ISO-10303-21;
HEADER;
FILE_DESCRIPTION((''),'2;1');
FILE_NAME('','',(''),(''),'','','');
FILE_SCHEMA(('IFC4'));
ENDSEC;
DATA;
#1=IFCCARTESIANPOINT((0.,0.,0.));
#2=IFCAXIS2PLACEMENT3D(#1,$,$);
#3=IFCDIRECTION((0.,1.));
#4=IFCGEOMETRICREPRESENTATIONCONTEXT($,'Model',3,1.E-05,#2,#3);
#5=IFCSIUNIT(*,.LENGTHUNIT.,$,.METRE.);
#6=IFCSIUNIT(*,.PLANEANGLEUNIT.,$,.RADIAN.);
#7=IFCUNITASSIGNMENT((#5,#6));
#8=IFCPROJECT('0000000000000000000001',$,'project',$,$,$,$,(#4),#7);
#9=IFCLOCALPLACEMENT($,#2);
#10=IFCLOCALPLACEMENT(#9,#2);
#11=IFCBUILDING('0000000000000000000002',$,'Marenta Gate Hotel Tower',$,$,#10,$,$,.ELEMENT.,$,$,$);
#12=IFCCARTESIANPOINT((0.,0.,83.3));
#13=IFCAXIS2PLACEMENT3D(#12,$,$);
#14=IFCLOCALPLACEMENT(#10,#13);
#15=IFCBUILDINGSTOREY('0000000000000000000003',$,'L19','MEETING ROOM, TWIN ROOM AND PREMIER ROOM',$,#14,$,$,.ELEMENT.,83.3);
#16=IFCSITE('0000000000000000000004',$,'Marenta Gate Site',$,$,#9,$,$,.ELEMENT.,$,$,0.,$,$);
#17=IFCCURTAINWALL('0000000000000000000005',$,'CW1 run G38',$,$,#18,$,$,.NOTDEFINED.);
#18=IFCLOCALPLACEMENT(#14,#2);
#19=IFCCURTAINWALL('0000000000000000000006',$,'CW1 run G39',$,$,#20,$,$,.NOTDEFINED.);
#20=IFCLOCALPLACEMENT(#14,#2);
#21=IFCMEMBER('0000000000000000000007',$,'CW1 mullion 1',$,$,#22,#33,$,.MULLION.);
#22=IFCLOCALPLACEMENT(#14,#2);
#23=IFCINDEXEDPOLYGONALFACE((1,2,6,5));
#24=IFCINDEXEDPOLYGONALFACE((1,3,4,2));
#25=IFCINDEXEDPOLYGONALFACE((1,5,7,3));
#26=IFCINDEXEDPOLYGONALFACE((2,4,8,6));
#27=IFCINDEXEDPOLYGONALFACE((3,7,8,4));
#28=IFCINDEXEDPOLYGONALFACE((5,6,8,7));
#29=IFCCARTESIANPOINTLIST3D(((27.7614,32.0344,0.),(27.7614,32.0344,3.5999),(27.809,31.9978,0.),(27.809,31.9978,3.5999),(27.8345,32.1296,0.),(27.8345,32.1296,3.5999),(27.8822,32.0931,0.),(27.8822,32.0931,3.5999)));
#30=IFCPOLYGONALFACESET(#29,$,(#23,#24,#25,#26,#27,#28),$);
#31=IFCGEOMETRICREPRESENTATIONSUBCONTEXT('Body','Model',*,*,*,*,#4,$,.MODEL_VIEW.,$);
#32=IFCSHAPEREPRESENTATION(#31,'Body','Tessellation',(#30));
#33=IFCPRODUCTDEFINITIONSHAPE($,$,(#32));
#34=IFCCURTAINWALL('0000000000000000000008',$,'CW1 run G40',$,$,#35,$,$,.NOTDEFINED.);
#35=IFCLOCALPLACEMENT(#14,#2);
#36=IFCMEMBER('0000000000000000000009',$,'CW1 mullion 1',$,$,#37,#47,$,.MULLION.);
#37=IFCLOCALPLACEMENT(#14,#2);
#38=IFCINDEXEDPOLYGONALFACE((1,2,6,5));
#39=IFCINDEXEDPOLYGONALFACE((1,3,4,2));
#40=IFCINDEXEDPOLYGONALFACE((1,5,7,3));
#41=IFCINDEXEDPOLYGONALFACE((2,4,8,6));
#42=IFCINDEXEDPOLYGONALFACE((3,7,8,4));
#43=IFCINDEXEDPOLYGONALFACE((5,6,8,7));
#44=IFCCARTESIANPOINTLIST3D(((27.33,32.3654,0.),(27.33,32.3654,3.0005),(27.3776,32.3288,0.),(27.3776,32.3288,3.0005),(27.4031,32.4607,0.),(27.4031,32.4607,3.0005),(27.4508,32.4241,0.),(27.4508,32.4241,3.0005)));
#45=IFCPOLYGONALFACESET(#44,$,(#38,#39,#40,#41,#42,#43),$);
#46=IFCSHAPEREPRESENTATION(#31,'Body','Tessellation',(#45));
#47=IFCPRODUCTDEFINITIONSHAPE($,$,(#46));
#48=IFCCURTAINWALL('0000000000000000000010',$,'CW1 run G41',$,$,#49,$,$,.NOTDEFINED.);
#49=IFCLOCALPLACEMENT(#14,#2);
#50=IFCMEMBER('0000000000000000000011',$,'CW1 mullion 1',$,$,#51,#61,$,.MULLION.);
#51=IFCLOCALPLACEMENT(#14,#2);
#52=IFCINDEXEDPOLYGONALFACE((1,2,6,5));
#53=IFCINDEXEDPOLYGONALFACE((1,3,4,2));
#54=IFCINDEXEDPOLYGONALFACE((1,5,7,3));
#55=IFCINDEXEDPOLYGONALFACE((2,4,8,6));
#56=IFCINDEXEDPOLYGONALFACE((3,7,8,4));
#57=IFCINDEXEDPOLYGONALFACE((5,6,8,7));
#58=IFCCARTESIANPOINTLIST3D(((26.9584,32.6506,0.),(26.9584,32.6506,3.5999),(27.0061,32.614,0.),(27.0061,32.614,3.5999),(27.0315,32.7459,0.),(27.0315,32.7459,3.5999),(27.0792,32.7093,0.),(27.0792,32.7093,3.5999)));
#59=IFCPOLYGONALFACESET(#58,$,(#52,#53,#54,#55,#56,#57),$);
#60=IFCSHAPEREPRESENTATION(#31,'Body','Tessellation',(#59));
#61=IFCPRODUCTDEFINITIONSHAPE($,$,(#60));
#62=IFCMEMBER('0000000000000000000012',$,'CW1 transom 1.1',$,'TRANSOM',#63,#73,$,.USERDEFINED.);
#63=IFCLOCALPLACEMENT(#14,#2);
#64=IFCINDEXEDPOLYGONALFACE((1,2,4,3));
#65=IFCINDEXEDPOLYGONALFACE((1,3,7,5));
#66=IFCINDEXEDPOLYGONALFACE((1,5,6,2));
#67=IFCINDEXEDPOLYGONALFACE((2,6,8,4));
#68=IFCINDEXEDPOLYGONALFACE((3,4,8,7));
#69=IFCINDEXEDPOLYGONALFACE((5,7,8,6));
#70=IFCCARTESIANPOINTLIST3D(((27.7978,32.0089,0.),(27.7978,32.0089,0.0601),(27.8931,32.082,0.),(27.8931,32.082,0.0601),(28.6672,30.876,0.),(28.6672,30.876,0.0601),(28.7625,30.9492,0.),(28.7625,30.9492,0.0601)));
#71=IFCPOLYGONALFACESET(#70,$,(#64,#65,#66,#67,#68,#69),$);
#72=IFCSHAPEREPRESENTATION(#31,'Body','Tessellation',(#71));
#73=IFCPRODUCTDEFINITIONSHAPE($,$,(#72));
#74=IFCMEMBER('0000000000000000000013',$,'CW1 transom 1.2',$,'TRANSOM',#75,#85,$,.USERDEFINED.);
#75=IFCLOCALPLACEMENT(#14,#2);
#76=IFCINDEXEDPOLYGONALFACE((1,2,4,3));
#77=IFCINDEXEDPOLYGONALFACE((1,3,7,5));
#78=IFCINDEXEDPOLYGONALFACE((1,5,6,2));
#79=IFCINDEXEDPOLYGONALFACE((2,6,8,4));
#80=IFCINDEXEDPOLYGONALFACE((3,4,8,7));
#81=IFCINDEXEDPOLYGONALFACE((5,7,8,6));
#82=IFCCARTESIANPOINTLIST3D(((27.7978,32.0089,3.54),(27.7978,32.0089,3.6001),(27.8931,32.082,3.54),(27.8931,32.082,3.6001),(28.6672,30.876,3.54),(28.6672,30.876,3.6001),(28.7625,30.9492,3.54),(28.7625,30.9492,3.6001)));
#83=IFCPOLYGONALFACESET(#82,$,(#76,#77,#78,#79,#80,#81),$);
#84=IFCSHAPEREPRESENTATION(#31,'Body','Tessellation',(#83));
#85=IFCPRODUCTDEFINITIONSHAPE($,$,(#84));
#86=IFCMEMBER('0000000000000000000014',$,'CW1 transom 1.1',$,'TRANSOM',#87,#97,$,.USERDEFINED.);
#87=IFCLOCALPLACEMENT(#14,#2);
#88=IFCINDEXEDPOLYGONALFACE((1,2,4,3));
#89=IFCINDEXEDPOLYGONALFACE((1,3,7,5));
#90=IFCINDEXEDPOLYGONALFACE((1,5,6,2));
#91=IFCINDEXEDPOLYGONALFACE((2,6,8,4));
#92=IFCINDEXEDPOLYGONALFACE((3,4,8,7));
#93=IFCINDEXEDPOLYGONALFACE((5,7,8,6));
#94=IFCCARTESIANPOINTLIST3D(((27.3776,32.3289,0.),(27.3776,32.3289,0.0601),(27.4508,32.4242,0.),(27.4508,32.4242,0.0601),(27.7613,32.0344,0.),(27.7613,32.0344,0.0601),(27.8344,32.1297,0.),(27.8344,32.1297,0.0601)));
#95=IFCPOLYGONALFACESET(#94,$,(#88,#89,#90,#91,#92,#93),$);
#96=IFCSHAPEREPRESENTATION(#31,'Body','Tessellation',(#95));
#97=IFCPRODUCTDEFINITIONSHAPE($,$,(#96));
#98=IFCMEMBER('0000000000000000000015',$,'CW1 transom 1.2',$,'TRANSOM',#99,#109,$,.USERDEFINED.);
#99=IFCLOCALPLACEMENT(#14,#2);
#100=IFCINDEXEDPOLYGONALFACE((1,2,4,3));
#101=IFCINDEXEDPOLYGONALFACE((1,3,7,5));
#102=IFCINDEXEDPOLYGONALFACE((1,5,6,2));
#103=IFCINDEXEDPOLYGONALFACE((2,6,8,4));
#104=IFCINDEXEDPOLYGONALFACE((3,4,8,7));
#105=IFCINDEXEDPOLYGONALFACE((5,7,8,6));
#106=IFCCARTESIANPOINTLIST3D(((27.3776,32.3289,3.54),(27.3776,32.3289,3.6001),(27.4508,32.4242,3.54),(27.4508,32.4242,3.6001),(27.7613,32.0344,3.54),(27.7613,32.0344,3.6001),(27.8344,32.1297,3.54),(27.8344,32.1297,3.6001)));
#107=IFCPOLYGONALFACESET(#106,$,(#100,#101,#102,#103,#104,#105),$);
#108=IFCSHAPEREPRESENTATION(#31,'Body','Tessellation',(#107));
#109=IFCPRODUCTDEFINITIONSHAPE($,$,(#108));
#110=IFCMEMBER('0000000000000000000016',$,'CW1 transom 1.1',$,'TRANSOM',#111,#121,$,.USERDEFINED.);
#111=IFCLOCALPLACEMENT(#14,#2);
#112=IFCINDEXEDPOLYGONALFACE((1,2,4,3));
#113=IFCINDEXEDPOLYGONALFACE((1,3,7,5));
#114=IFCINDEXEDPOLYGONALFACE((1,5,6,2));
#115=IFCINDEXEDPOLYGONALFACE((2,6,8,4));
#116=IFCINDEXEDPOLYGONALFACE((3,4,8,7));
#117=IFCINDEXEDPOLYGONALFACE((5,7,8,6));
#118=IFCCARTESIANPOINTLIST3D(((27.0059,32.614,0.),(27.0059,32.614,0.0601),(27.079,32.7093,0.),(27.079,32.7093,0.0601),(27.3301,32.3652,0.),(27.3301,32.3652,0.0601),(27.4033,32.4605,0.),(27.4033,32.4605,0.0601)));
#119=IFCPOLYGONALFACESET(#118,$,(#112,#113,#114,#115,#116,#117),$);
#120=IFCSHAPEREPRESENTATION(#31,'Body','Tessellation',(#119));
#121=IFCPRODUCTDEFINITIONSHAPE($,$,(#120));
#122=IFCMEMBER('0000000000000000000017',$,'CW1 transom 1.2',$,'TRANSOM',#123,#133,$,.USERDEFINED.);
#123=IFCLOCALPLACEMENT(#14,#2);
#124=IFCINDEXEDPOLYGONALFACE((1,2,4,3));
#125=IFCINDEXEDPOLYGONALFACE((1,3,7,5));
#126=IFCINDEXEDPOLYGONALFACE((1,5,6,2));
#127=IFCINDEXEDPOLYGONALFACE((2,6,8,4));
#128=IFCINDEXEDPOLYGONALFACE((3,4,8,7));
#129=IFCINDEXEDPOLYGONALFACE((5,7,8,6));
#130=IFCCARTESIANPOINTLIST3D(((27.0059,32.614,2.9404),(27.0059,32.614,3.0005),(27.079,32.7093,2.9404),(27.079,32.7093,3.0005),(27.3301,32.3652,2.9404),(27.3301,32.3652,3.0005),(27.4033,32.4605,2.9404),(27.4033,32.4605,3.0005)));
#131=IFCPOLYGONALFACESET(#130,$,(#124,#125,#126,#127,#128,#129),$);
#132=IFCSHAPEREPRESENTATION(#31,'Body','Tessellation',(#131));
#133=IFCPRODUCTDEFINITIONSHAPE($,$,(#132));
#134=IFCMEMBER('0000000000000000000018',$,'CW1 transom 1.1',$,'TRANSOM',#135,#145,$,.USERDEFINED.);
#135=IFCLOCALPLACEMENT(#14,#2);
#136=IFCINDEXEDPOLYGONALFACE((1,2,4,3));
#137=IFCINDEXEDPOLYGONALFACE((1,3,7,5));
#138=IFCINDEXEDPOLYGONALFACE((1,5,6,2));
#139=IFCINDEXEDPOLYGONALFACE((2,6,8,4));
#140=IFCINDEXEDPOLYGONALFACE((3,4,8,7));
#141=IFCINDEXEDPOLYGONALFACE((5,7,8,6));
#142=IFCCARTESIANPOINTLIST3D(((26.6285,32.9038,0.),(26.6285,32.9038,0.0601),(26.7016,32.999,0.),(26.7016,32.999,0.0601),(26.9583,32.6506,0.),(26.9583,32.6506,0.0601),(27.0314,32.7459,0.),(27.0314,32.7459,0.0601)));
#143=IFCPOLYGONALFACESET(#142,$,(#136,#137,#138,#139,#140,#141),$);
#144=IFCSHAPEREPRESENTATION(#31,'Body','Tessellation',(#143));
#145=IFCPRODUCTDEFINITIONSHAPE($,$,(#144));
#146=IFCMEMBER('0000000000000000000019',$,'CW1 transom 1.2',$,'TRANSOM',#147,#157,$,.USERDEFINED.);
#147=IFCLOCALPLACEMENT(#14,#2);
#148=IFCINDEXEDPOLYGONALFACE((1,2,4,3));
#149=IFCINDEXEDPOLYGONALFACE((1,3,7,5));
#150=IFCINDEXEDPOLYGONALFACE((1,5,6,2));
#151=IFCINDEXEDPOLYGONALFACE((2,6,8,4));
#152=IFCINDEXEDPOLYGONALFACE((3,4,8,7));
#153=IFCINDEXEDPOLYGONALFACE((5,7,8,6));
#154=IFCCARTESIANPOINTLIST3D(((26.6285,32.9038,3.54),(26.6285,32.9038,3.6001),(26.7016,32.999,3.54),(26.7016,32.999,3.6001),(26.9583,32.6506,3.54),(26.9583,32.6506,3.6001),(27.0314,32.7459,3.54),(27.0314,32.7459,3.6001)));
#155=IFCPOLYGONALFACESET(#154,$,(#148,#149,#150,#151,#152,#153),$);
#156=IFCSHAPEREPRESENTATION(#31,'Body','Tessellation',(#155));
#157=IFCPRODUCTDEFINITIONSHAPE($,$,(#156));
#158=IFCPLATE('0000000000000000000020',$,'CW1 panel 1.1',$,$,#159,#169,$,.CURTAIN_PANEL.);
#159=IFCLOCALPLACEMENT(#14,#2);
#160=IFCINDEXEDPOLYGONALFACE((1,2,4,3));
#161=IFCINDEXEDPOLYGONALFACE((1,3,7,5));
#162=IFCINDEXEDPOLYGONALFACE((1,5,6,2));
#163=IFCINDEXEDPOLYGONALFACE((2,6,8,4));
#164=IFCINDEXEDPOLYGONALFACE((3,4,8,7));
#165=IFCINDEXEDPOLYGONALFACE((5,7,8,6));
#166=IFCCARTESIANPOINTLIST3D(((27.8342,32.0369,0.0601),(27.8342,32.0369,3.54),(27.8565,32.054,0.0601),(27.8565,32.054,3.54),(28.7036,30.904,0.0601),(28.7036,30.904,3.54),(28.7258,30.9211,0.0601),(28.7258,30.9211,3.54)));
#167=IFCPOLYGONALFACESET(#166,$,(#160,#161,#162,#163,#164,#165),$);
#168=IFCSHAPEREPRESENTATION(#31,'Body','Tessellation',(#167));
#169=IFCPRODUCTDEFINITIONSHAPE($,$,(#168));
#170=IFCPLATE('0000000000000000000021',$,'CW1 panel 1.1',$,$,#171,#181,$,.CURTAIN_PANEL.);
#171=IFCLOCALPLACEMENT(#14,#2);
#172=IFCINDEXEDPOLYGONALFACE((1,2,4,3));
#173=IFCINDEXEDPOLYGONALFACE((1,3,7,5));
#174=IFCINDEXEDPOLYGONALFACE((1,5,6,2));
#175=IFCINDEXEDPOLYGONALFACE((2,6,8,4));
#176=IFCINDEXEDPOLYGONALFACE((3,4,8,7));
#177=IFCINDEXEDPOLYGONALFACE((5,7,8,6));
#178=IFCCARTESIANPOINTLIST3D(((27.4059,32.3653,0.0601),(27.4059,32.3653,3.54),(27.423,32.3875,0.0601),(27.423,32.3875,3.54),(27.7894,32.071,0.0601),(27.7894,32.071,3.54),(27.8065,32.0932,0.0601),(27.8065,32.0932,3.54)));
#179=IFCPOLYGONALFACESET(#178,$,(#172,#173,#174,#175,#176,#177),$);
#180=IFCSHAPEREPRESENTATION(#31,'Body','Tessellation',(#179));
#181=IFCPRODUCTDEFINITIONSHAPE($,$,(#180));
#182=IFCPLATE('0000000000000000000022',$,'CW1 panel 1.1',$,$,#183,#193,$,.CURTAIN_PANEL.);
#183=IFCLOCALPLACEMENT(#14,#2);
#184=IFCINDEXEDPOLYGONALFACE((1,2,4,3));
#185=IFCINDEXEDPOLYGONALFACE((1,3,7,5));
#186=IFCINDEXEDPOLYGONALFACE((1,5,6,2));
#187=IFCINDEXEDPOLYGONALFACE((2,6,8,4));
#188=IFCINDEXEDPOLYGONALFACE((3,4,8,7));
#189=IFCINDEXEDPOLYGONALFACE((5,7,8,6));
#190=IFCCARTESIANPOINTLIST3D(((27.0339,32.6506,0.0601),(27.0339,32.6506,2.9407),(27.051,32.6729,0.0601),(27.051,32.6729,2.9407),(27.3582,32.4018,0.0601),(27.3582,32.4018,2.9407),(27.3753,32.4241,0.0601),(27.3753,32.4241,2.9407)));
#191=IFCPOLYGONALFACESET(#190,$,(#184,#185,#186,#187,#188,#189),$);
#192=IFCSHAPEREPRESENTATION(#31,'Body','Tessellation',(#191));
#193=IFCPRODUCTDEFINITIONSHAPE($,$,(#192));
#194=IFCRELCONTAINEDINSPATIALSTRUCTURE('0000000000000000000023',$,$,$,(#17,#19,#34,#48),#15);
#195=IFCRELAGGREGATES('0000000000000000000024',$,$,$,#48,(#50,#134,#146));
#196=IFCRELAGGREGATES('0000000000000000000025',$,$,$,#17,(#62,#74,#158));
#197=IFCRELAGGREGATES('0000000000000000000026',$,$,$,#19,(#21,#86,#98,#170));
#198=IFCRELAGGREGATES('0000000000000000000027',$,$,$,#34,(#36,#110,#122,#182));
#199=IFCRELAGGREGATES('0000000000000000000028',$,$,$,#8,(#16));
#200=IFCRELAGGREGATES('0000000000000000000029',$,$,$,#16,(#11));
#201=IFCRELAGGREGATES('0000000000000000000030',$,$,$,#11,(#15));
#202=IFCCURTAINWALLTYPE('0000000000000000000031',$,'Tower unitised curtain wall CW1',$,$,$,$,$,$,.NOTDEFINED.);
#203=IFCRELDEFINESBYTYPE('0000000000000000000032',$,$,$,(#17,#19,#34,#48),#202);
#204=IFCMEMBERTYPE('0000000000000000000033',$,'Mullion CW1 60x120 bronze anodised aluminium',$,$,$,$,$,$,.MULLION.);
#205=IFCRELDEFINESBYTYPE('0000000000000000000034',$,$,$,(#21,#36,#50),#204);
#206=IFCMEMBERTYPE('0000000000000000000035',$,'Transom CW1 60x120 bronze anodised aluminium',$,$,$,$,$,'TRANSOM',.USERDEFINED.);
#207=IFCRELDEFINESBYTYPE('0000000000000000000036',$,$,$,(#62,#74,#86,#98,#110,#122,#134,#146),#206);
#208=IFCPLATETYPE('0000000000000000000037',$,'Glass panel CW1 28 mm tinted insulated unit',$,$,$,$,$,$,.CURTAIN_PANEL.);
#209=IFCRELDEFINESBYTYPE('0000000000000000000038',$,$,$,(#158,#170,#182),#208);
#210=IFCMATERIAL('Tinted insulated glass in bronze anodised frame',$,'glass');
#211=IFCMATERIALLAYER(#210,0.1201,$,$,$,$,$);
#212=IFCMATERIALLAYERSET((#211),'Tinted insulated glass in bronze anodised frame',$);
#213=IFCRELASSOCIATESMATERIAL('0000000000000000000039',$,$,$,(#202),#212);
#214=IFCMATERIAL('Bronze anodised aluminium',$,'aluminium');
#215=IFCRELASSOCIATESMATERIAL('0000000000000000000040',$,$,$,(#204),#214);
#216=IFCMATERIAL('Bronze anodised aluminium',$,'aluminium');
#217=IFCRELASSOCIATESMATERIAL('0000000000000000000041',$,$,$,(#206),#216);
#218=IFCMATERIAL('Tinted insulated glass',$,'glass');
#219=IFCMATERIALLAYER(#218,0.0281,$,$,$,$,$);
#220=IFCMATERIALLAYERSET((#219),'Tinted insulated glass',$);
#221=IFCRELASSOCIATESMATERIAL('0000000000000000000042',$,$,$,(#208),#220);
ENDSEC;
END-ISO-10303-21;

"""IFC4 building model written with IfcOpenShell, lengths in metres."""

from ifc_helpers import new_model, si_unit, direction, frame, origin, origin_2d, place, context, subcontext, project, spatial, rectangle, extrude, material, layer, layer_set, material_profile, profile_set, type_object, element, aggregate, save


model = new_model("IFC4")

# Units and contexts
model_context = context("Model", 3, precision=1e-05, world=origin(), true_north=direction((0.0, 1.0)))
body_context = subcontext(model_context, "Body", "Model", "MODEL_VIEW")
ifc_project = project(units=[si_unit("LENGTHUNIT", "METRE"), si_unit("PLANEANGLEUNIT", "RADIAN")], contexts=[model_context])

# Site, building, storey
site_placement = place(None, origin())
site = spatial("IfcSite", under=ifc_project, at=site_placement, Name="Marenta Gate Site", CompositionType="ELEMENT", RefElevation=0.0)
building_placement = place(site_placement, origin())
building = spatial("IfcBuilding", under=site, at=building_placement, Name="Marenta Gate Hotel Tower", CompositionType="ELEMENT")
storey_placement = place(building_placement, frame((0.0, 0.0, 83.3)))
storey = spatial("IfcBuildingStorey", under=building, at=storey_placement, Name="L19", Description="MEETING ROOM, TWIN ROOM AND PREMIER ROOM", CompositionType="ELEMENT", Elevation=83.3)

# Curtain walls, members
ifc_material_1 = material(Name="Tinted insulated glass in bronze anodised frame", Category="glass")
ifc_layer_1 = layer(ifc_material_1, 0.1201)
ifc_layer_set_1 = layer_set([ifc_layer_1], Name="Tinted insulated glass in bronze anodised frame")
curtain_wall_type = type_object("IfcCurtainWallType", Name="Tower unitised curtain wall CW1", PredefinedType="NOTDEFINED", material=ifc_layer_set_1)
curtain_wall_1_placement = place(storey_placement, origin())
curtain_wall_1 = element("IfcCurtainWall", 1, at=curtain_wall_1_placement, inside=storey, type_object=curtain_wall_type, Name="CW1 run G38", PredefinedType="NOTDEFINED")
ifc_material_2 = material(Name="Bronze anodised aluminium", Category="aluminium")
ifc_material_profile_1 = material_profile(ifc_material_2, rectangle(XDim=0.1201, YDim=0.0601, at=origin_2d()), Name="Mullion CW1 60x120 bronze anodised aluminium")
ifc_profile_set_1 = profile_set([ifc_material_profile_1], Name="Bronze anodised aluminium")
member_type_1 = type_object("IfcMemberType", Name="Mullion CW1 60x120 bronze anodised aluminium", PredefinedType="MULLION", material=ifc_profile_set_1)
curtain_wall_2_placement = place(storey_placement, origin())
curtain_wall_2 = element("IfcCurtainWall", 2, at=curtain_wall_2_placement, inside=storey, type_object=curtain_wall_type, Name="CW1 run G39", PredefinedType="NOTDEFINED")
member_1_placement = place(storey_placement, frame((27.8218, 32.0637, 0.0), z_axis=(0.0, 0.0, 1.0), x_axis=(-0.608795, -0.793328, 0.0)))
member_1 = element("IfcMember", 3, at=member_1_placement, type_object=member_type_1, Name="CW1 mullion 1", PredefinedType="MULLION", context=body_context, shape_type="SweptSolid", body=[
    extrude(rectangle(XDim=0.1201, YDim=0.0601, at=origin_2d()), origin(), (0.0, 0.0, 1.0), 3.5999),
])
curtain_wall_3_placement = place(storey_placement, origin())
curtain_wall_3 = element("IfcCurtainWall", 4, at=curtain_wall_3_placement, inside=storey, type_object=curtain_wall_type, Name="CW1 run G40", PredefinedType="NOTDEFINED")
member_2_placement = place(storey_placement, frame((27.3904, 32.3948, 0.0), z_axis=(0.0, 0.0, 1.0), x_axis=(-0.608772, -0.793345, 0.0)))
member_2 = element("IfcMember", 5, at=member_2_placement, type_object=member_type_1, Name="CW1 mullion 1", PredefinedType="MULLION", context=body_context, shape_type="SweptSolid", body=[
    extrude(rectangle(XDim=0.1201, YDim=0.0601, at=origin_2d()), origin(), (0.0, 0.0, 1.0), 3.0005),
])
curtain_wall_4_placement = place(storey_placement, origin())
curtain_wall_4 = element("IfcCurtainWall", 6, at=curtain_wall_4_placement, inside=storey, type_object=curtain_wall_type, Name="CW1 run G41", PredefinedType="NOTDEFINED")
member_3_placement = place(storey_placement, frame((27.0188, 32.6799, 0.0), z_axis=(0.0, 0.0, 1.0), x_axis=(-0.608776, -0.793342, 0.0)))
member_3 = element("IfcMember", 7, at=member_3_placement, type_object=member_type_1, Name="CW1 mullion 1", PredefinedType="MULLION", context=body_context, shape_type="SweptSolid", body=[
    extrude(rectangle(XDim=0.1201, YDim=0.0601, at=origin_2d()), origin(), (0.0, 0.0, 1.0), 3.5999),
])

# Members
ifc_material_3 = material(Name="Bronze anodised aluminium", Category="aluminium")
ifc_material_profile_2 = material_profile(ifc_material_3, rectangle(XDim=0.1201, YDim=0.0601, at=origin_2d()), Name="Transom CW1 60x120 bronze anodised aluminium")
ifc_profile_set_2 = profile_set([ifc_material_profile_2], Name="Bronze anodised aluminium")
member_type_2 = type_object("IfcMemberType", Name="Transom CW1 60x120 bronze anodised aluminium", ElementType="TRANSOM", PredefinedType="USERDEFINED", material=ifc_profile_set_2)
member_4_placement = place(storey_placement, frame((28.7148, 30.9126, 0.03), z_axis=(-0.608826, 0.793304, 0.0), x_axis=(-0.793304, -0.608826, 0.0)))
member_4 = element("IfcMember", 8, at=member_4_placement, type_object=member_type_2, Name="CW1 transom 1.1", ObjectType="TRANSOM", PredefinedType="USERDEFINED", context=body_context, shape_type="SweptSolid", body=[
    extrude(rectangle(XDim=0.1201, YDim=0.0601, at=origin_2d()), origin(), (0.0, 0.0, 1.0), 1.428),
])
member_5_placement = place(storey_placement, frame((28.7148, 30.9126, 3.5701), z_axis=(-0.608826, 0.793304, 0.0), x_axis=(-0.793304, -0.608826, 0.0)))
member_5 = element("IfcMember", 9, at=member_5_placement, type_object=member_type_2, Name="CW1 transom 1.2", ObjectType="TRANSOM", PredefinedType="USERDEFINED", context=body_context, shape_type="SweptSolid", body=[
    extrude(rectangle(XDim=0.1201, YDim=0.0601, at=origin_2d()), origin(), (0.0, 0.0, 1.0), 1.428),
])
member_6_placement = place(storey_placement, frame((27.7979, 32.082, 0.03), z_axis=(-0.793224, 0.60893, 0.0), x_axis=(-0.60893, -0.793224, 0.0)))
member_6 = element("IfcMember", 10, at=member_6_placement, type_object=member_type_2, Name="CW1 transom 1.1", ObjectType="TRANSOM", PredefinedType="USERDEFINED", context=body_context, shape_type="SweptSolid", body=[
    extrude(rectangle(XDim=0.1201, YDim=0.0601, at=origin_2d()), origin(), (0.0, 0.0, 1.0), 0.4836),
])
member_7_placement = place(storey_placement, frame((27.7979, 32.082, 3.5701), z_axis=(-0.793224, 0.60893, 0.0), x_axis=(-0.60893, -0.793224, 0.0)))
member_7 = element("IfcMember", 11, at=member_7_placement, type_object=member_type_2, Name="CW1 transom 1.2", ObjectType="TRANSOM", PredefinedType="USERDEFINED", context=body_context, shape_type="SweptSolid", body=[
    extrude(rectangle(XDim=0.1201, YDim=0.0601, at=origin_2d()), origin(), (0.0, 0.0, 1.0), 0.4836),
])
member_8_placement = place(storey_placement, frame((27.3667, 32.4128, 0.03), z_axis=(-0.793356, 0.608758, 0.0), x_axis=(-0.608758, -0.793356, 0.0)))
member_8 = element("IfcMember", 12, at=member_8_placement, type_object=member_type_2, Name="CW1 transom 1.1", ObjectType="TRANSOM", PredefinedType="USERDEFINED", context=body_context, shape_type="SweptSolid", body=[
    extrude(rectangle(XDim=0.1201, YDim=0.0601, at=origin_2d()), origin(), (0.0, 0.0, 1.0), 0.4087),
])
member_9_placement = place(storey_placement, frame((27.3667, 32.4128, 2.9705), z_axis=(-0.793356, 0.608758, 0.0), x_axis=(-0.608758, -0.793356, 0.0)))
member_9 = element("IfcMember", 13, at=member_9_placement, type_object=member_type_2, Name="CW1 transom 1.2", ObjectType="TRANSOM", PredefinedType="USERDEFINED", context=body_context, shape_type="SweptSolid", body=[
    extrude(rectangle(XDim=0.1201, YDim=0.0601, at=origin_2d()), origin(), (0.0, 0.0, 1.0), 0.4087),
])
member_10_placement = place(storey_placement, frame((26.9949, 32.6982, 0.03), z_axis=(-0.793257, 0.608888, 0.0), x_axis=(-0.608888, -0.793257, 0.0)))
member_10 = element("IfcMember", 14, at=member_10_placement, type_object=member_type_2, Name="CW1 transom 1.1", ObjectType="TRANSOM", PredefinedType="USERDEFINED", context=body_context, shape_type="SweptSolid", body=[
    extrude(rectangle(XDim=0.1201, YDim=0.0601, at=origin_2d()), origin(), (0.0, 0.0, 1.0), 0.4158),
])
member_11_placement = place(storey_placement, frame((26.9949, 32.6982, 3.5701), z_axis=(-0.793257, 0.608888, 0.0), x_axis=(-0.608888, -0.793257, 0.0)))
member_11 = element("IfcMember", 15, at=member_11_placement, type_object=member_type_2, Name="CW1 transom 1.2", ObjectType="TRANSOM", PredefinedType="USERDEFINED", context=body_context, shape_type="SweptSolid", body=[
    extrude(rectangle(XDim=0.1201, YDim=0.0601, at=origin_2d()), origin(), (0.0, 0.0, 1.0), 0.4158),
])
aggregate(curtain_wall_4, [member_3, member_10, member_11])

# Plates
ifc_material_4 = material(Name="Tinted insulated glass", Category="glass")
ifc_layer_2 = layer(ifc_material_4, 0.0281)
ifc_layer_set_2 = layer_set([ifc_layer_2], Name="Tinted insulated glass")
plate_type = type_object("IfcPlateType", Name="Glass panel CW1 28 mm tinted insulated unit", PredefinedType="CURTAIN_PANEL", material=ifc_layer_set_2)
plate_1_placement = place(storey_placement, frame((28.28, 31.479, 0.0601), z_axis=(0.0, 0.0, 1.0), x_axis=(-0.608781, 0.793338, 0.0)))
plate_1 = element("IfcPlate", 16, at=plate_1_placement, type_object=plate_type, Name="CW1 panel 1.1", PredefinedType="CURTAIN_PANEL", context=body_context, shape_type="SweptSolid", body=[
    extrude(rectangle(XDim=1.428, YDim=0.0281, at=origin_2d()), origin(), (0.0, 0.0, 1.0), 3.48),
])
aggregate(curtain_wall_1, [member_4, member_5, plate_1])
plate_2_placement = place(storey_placement, frame((27.6062, 32.2292, 0.0601), z_axis=(0.0, 0.0, 1.0), x_axis=(-0.793328, 0.608795, 0.0)))
plate_2 = element("IfcPlate", 17, at=plate_2_placement, type_object=plate_type, Name="CW1 panel 1.1", PredefinedType="CURTAIN_PANEL", context=body_context, shape_type="SweptSolid", body=[
    extrude(rectangle(XDim=0.4834, YDim=0.0281, at=origin_2d()), origin(), (0.0, 0.0, 1.0), 3.48),
])
aggregate(curtain_wall_2, [member_1, member_6, member_7, plate_2])
plate_3_placement = place(storey_placement, frame((27.2046, 32.5374, 0.0601), z_axis=(0.0, 0.0, 1.0), x_axis=(-0.793345, 0.608772, 0.0)))
plate_3 = element("IfcPlate", 18, at=plate_3_placement, type_object=plate_type, Name="CW1 panel 1.1", PredefinedType="CURTAIN_PANEL", context=body_context, shape_type="SweptSolid", body=[
    extrude(rectangle(XDim=0.4087, YDim=0.0281, at=origin_2d()), origin(), (0.0, 0.0, 1.0), 2.8806),
])
aggregate(curtain_wall_3, [member_2, member_8, member_9, plate_3])

save(model, "model.ifc")
